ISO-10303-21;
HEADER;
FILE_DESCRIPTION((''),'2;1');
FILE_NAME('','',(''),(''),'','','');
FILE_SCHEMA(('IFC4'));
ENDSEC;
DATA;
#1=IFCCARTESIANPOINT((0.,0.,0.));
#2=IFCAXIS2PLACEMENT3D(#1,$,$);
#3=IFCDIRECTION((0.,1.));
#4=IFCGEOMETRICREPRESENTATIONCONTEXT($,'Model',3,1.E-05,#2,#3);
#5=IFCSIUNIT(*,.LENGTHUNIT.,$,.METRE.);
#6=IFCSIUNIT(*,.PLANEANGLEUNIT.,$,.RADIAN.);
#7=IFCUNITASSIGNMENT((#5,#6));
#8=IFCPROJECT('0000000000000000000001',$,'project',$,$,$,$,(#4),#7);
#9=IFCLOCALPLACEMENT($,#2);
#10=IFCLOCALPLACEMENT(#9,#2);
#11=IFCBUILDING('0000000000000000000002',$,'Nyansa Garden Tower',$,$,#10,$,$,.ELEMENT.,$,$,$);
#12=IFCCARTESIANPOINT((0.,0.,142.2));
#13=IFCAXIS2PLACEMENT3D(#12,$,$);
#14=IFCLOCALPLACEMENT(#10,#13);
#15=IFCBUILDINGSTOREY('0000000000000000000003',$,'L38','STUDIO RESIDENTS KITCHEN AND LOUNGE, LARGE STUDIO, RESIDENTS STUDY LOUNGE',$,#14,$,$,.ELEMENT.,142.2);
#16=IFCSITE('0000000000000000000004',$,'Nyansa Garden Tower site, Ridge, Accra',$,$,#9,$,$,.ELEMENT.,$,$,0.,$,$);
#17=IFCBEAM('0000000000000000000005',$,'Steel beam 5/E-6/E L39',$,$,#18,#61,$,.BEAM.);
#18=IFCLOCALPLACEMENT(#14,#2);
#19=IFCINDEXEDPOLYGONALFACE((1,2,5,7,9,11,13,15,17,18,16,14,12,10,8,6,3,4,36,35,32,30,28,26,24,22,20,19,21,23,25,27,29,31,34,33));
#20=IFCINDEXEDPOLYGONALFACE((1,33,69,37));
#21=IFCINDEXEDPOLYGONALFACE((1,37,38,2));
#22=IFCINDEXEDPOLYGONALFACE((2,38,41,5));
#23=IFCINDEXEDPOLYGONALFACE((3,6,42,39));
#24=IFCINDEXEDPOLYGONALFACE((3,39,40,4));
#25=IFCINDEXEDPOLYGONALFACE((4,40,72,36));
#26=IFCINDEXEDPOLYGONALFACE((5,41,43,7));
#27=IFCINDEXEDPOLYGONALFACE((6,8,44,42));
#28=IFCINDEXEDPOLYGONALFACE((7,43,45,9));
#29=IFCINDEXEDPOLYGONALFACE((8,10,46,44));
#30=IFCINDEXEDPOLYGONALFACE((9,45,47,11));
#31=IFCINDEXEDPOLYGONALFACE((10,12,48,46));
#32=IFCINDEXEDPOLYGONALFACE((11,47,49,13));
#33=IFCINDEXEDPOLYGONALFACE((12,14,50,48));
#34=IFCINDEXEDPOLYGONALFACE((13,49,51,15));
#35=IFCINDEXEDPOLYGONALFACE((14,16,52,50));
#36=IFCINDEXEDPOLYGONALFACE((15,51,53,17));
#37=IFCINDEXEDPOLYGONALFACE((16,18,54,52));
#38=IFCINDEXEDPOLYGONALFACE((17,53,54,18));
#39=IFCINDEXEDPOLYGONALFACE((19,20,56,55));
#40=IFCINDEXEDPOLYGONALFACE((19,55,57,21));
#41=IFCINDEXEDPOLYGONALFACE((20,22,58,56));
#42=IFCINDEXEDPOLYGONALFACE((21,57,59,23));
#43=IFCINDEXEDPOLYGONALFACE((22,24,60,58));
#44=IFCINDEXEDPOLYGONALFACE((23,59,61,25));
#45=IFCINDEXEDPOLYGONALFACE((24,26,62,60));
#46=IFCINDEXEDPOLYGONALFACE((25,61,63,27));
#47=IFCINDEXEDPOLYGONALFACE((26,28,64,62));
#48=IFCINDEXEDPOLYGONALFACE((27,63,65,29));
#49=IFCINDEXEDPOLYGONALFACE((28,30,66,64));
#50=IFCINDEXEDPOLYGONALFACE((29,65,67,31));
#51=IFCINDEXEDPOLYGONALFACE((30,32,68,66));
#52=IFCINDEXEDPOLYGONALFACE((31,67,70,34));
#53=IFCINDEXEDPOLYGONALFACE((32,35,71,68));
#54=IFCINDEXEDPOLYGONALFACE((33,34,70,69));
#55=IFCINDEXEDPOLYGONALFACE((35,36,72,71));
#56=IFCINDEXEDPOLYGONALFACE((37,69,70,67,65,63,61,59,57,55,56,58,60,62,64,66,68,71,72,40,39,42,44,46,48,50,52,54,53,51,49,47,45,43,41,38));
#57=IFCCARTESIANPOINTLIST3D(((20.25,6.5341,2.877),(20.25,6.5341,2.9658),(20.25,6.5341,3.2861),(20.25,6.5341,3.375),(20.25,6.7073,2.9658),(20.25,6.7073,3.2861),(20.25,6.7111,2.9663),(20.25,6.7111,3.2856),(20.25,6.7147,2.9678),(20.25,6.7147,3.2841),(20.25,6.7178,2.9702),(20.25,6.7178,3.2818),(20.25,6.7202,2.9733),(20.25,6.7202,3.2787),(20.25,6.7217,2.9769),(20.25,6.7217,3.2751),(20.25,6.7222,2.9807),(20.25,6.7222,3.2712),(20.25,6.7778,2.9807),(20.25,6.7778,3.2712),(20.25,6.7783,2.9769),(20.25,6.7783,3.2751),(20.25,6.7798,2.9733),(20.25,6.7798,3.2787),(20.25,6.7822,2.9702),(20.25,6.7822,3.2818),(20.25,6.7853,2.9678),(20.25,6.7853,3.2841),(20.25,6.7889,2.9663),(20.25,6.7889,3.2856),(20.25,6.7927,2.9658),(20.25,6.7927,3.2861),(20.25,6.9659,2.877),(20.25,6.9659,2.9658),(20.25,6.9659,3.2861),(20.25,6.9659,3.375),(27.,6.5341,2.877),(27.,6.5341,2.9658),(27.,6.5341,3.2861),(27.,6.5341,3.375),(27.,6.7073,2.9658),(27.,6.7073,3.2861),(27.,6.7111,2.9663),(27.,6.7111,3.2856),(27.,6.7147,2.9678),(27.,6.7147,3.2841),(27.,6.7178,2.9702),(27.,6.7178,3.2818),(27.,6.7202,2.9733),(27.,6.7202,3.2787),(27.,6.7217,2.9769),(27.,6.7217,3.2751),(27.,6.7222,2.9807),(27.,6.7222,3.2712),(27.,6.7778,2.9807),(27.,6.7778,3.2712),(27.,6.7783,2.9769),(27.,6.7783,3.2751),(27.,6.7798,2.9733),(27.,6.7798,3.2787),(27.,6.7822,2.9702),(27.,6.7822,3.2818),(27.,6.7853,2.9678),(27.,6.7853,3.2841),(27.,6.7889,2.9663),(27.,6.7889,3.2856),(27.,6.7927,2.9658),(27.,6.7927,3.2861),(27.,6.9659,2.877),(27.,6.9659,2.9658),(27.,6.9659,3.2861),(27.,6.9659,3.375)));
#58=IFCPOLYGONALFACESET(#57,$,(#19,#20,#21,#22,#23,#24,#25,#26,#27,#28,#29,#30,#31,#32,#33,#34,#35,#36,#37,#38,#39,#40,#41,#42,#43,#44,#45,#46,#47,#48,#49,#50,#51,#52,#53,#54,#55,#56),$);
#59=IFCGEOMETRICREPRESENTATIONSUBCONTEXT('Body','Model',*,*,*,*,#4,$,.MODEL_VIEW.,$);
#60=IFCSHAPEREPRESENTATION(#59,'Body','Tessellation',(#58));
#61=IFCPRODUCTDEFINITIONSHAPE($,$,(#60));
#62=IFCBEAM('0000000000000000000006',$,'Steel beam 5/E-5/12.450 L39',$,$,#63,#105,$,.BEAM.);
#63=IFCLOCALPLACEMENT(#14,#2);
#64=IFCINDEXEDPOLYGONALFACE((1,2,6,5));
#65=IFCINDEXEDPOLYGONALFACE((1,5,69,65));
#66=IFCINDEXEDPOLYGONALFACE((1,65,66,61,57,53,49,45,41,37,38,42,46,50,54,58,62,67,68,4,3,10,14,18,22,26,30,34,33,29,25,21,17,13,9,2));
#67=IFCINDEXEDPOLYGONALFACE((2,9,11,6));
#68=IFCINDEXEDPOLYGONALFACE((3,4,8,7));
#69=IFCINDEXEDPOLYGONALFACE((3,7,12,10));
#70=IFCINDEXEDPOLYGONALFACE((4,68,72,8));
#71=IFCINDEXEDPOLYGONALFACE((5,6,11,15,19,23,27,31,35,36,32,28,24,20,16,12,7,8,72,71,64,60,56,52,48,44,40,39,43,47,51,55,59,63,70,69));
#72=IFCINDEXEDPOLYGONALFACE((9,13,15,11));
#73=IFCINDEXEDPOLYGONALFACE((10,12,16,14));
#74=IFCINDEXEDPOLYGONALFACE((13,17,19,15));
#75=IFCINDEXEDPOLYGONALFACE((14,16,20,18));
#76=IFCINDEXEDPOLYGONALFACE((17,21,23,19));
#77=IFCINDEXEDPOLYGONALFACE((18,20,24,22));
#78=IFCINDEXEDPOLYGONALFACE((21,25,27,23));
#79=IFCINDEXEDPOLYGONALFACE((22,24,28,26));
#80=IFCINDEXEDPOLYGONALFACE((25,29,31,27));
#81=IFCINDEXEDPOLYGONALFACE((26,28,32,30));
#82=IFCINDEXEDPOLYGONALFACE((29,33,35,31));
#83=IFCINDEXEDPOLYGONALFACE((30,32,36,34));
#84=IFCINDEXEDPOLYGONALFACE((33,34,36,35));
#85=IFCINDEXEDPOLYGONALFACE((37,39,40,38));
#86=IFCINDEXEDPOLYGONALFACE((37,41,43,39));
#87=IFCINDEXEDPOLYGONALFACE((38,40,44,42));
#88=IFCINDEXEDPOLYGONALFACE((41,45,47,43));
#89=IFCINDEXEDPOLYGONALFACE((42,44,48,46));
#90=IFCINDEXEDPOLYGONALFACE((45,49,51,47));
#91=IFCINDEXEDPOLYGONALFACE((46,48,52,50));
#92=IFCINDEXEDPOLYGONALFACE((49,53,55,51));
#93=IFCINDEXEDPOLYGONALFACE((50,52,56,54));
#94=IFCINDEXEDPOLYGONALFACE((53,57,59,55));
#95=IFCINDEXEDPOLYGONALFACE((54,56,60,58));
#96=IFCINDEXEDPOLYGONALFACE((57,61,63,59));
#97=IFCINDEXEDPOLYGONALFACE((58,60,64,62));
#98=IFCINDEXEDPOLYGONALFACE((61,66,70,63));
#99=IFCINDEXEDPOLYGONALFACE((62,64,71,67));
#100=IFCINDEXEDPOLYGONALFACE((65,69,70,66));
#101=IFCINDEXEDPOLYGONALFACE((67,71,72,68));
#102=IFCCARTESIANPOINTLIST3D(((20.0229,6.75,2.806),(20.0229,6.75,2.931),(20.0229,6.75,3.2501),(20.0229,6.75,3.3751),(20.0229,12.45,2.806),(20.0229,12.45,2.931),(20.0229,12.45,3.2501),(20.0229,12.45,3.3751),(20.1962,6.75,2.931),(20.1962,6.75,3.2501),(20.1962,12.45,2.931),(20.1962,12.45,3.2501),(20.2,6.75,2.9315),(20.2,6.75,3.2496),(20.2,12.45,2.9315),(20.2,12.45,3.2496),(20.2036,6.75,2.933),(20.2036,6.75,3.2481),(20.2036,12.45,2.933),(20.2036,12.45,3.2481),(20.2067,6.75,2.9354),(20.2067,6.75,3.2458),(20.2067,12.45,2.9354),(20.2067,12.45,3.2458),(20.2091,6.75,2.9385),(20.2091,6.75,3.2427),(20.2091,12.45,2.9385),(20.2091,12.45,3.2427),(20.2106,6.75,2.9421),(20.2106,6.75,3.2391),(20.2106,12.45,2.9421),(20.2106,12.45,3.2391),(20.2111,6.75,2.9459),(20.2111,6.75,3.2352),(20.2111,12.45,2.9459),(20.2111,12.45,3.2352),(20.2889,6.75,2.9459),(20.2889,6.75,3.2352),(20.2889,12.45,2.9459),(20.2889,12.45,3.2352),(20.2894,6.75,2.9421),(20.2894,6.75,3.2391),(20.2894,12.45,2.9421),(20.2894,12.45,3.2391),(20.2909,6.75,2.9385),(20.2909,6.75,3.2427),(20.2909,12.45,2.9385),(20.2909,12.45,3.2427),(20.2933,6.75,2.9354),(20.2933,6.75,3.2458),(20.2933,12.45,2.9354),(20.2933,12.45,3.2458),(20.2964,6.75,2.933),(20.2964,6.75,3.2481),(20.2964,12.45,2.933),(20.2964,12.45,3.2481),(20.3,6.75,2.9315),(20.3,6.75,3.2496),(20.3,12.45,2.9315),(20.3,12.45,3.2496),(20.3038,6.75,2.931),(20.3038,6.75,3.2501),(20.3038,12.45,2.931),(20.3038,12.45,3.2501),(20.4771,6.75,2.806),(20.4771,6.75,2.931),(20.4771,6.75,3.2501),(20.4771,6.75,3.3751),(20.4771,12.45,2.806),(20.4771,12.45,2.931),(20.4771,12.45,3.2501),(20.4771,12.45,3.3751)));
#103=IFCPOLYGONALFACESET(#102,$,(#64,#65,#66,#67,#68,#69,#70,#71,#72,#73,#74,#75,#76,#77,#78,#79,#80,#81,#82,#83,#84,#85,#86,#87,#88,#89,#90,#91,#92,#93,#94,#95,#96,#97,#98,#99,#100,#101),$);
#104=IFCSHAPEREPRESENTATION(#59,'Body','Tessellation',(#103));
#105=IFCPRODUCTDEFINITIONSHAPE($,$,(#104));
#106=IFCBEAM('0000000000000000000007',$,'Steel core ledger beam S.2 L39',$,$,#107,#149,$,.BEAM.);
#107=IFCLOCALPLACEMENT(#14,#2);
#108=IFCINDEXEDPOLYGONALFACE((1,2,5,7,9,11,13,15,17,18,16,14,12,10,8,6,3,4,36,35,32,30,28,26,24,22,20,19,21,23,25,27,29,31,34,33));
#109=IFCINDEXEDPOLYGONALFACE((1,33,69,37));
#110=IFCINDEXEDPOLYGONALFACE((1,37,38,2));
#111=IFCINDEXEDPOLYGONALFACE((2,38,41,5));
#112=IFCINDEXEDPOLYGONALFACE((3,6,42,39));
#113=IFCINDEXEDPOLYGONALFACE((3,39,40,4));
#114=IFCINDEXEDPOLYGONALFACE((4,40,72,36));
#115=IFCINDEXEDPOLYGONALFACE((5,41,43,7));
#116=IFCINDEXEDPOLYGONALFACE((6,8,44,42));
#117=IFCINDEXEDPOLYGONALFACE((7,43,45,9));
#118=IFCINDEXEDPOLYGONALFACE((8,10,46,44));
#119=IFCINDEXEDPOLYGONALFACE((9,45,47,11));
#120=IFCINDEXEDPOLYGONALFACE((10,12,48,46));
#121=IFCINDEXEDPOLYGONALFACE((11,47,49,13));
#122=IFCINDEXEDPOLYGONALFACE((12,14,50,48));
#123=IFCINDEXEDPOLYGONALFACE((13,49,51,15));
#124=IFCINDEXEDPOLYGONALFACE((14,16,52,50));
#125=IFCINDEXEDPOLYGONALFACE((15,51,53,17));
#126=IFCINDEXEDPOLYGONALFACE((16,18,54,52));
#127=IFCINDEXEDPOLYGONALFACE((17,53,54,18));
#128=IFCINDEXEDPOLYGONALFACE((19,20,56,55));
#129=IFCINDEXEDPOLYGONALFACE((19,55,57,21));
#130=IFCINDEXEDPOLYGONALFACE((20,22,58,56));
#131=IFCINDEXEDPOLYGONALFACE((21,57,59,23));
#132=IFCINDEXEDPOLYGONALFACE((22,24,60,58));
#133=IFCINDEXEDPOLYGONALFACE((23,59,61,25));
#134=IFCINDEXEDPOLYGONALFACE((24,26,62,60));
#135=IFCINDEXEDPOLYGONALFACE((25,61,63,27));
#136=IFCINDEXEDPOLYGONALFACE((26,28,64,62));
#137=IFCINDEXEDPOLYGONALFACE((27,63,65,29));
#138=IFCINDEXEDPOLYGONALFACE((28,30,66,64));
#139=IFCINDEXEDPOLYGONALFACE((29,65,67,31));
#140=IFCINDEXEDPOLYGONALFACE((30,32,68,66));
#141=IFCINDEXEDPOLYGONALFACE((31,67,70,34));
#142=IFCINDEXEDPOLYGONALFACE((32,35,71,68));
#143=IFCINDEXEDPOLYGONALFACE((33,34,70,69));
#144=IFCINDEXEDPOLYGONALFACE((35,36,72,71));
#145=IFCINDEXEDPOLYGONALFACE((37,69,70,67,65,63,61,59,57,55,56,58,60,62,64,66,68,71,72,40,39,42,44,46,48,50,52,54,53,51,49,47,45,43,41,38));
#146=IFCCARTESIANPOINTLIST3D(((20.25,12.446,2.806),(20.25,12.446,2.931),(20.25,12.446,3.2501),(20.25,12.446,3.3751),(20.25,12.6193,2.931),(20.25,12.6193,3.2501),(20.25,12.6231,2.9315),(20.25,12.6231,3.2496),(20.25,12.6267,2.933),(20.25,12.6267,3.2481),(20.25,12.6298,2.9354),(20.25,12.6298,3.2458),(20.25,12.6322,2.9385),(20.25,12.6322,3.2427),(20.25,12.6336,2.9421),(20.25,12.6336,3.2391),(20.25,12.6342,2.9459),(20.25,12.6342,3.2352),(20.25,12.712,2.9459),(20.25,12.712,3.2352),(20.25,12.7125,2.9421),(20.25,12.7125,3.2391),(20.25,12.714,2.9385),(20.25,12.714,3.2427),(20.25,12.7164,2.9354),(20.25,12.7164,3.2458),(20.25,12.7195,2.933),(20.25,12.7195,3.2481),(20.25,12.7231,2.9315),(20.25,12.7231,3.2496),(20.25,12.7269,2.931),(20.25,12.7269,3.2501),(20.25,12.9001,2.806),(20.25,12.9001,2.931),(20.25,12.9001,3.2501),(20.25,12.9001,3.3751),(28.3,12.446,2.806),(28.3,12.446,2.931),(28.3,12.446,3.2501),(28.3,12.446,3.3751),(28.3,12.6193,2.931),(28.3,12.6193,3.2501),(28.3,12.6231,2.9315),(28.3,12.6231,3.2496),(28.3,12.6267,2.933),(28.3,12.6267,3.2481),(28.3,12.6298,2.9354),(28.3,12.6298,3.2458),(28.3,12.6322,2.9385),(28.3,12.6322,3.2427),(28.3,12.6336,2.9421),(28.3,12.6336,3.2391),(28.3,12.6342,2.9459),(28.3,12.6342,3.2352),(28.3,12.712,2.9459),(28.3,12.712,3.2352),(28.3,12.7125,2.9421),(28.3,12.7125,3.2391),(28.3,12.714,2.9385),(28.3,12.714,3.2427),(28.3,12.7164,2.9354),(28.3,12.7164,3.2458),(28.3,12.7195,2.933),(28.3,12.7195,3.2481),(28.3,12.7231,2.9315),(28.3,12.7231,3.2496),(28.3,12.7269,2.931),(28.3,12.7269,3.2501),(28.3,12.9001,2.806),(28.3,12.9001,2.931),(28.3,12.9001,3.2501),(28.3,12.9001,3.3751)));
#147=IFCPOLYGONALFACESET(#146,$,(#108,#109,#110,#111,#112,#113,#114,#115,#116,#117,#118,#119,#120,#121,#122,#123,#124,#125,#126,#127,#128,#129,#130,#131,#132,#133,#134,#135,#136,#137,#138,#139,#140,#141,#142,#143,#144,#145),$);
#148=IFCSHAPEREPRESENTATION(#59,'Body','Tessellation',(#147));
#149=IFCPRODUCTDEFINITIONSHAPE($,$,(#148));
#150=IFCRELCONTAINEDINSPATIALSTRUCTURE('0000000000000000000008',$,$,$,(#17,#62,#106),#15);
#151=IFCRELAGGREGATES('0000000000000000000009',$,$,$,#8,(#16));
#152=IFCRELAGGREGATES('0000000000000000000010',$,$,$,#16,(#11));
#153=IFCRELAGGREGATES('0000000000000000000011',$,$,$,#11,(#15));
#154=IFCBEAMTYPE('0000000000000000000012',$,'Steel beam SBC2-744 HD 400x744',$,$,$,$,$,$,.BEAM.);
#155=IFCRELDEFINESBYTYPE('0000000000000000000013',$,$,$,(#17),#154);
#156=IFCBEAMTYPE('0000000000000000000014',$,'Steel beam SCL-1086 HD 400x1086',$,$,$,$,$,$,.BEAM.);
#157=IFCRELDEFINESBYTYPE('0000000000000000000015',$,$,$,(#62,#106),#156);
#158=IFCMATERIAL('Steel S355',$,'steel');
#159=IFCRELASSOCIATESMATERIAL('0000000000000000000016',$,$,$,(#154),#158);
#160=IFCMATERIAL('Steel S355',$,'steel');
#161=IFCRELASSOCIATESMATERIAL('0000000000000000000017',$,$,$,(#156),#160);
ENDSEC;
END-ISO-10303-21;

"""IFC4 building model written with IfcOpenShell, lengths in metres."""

from ifc_helpers import new_model, si_unit, direction, frame, origin, origin_2d, place, context, subcontext, project, spatial, i_section, extrude, material, material_profile, profile_set, type_object, element, save


model = new_model("IFC4")

# Units and contexts
model_context = context("Model", 3, precision=1e-05, world=origin(), true_north=direction((0.0, 1.0)))
body_context = subcontext(model_context, "Body", "Model", "MODEL_VIEW")
ifc_project = project(units=[si_unit("LENGTHUNIT", "METRE"), si_unit("PLANEANGLEUNIT", "RADIAN")], contexts=[model_context])

# Site, building, storey
site_placement = place(None, origin())
site = spatial("IfcSite", under=ifc_project, at=site_placement, Name="Nyansa Garden Tower site, Ridge, Accra", CompositionType="ELEMENT", RefElevation=0.0)
building_placement = place(site_placement, origin())
building = spatial("IfcBuilding", under=site, at=building_placement, Name="Nyansa Garden Tower", CompositionType="ELEMENT")
storey_placement = place(building_placement, frame((0.0, 0.0, 142.2)))
storey = spatial("IfcBuildingStorey", under=building, at=storey_placement, Name="L38", Description="STUDIO RESIDENTS KITCHEN AND LOUNGE, LARGE STUDIO, RESIDENTS STUDY LOUNGE", CompositionType="ELEMENT", Elevation=142.2)

# Beams
ifc_material_1 = material(Name="Steel S355", Category="steel")
ifc_material_profile_1 = material_profile(ifc_material_1, i_section(OverallWidth=0.4319, OverallDepth=0.498, WebThickness=0.0557, FlangeThickness=0.0889, FilletRadius=0.0149, at=origin_2d()), Name="HD 400x744")
ifc_profile_set_1 = profile_set([ifc_material_profile_1], Name="Steel S355")
beam_type_1 = type_object("IfcBeamType", Name="Steel beam SBC2-744 HD 400x744", PredefinedType="BEAM", material=ifc_profile_set_1)
beam_1_placement = place(storey_placement, frame((20.25, 6.75, 3.126), z_axis=(1.0, 0.0, 0.0), x_axis=(0.0, 1.0, 0.0)))
element("IfcBeam", 1, at=beam_1_placement, inside=storey, type_object=beam_type_1, Name="Steel beam 5/E-6/E L39", PredefinedType="BEAM", context=body_context, shape_type="SweptSolid", body=[
    extrude(i_section(OverallWidth=0.4319, OverallDepth=0.498, WebThickness=0.0557, FlangeThickness=0.0889, FilletRadius=0.0149, at=origin_2d()), origin(), (0.0, 0.0, 1.0), 6.75),
])
ifc_material_2 = material(Name="Steel S355", Category="steel")
ifc_material_profile_2 = material_profile(ifc_material_2, i_section(OverallWidth=0.4541, OverallDepth=0.5691, WebThickness=0.0779, FlangeThickness=0.125, FilletRadius=0.0149, at=origin_2d()), Name="HD 400x1086")
ifc_profile_set_2 = profile_set([ifc_material_profile_2], Name="Steel S355")
beam_type_2 = type_object("IfcBeamType", Name="Steel beam SCL-1086 HD 400x1086", PredefinedType="BEAM", material=ifc_profile_set_2)
beam_2_placement = place(storey_placement, frame((20.25, 6.75, 3.0906), z_axis=(0.0, 1.0, 0.0), x_axis=(-1.0, 0.0, 0.0)))
element("IfcBeam", 2, at=beam_2_placement, inside=storey, type_object=beam_type_2, Name="Steel beam 5/E-5/12.450 L39", PredefinedType="BEAM", context=body_context, shape_type="SweptSolid", body=[
    extrude(i_section(OverallWidth=0.4541, OverallDepth=0.5691, WebThickness=0.0779, FlangeThickness=0.125, FilletRadius=0.0149, at=origin_2d()), origin(), (0.0, 0.0, 1.0), 5.7),
])
beam_3_placement = place(storey_placement, frame((20.25, 12.6731, 3.0906), z_axis=(1.0, 0.0, 0.0), x_axis=(0.0, 1.0, 0.0)))
element("IfcBeam", 3, at=beam_3_placement, inside=storey, type_object=beam_type_2, Name="Steel core ledger beam S.2 L39", PredefinedType="BEAM", context=body_context, shape_type="SweptSolid", body=[
    extrude(i_section(OverallWidth=0.4541, OverallDepth=0.5691, WebThickness=0.0779, FlangeThickness=0.125, FilletRadius=0.0149, at=origin_2d()), origin(), (0.0, 0.0, 1.0), 8.05),
])

save(model, "model.ifc")
